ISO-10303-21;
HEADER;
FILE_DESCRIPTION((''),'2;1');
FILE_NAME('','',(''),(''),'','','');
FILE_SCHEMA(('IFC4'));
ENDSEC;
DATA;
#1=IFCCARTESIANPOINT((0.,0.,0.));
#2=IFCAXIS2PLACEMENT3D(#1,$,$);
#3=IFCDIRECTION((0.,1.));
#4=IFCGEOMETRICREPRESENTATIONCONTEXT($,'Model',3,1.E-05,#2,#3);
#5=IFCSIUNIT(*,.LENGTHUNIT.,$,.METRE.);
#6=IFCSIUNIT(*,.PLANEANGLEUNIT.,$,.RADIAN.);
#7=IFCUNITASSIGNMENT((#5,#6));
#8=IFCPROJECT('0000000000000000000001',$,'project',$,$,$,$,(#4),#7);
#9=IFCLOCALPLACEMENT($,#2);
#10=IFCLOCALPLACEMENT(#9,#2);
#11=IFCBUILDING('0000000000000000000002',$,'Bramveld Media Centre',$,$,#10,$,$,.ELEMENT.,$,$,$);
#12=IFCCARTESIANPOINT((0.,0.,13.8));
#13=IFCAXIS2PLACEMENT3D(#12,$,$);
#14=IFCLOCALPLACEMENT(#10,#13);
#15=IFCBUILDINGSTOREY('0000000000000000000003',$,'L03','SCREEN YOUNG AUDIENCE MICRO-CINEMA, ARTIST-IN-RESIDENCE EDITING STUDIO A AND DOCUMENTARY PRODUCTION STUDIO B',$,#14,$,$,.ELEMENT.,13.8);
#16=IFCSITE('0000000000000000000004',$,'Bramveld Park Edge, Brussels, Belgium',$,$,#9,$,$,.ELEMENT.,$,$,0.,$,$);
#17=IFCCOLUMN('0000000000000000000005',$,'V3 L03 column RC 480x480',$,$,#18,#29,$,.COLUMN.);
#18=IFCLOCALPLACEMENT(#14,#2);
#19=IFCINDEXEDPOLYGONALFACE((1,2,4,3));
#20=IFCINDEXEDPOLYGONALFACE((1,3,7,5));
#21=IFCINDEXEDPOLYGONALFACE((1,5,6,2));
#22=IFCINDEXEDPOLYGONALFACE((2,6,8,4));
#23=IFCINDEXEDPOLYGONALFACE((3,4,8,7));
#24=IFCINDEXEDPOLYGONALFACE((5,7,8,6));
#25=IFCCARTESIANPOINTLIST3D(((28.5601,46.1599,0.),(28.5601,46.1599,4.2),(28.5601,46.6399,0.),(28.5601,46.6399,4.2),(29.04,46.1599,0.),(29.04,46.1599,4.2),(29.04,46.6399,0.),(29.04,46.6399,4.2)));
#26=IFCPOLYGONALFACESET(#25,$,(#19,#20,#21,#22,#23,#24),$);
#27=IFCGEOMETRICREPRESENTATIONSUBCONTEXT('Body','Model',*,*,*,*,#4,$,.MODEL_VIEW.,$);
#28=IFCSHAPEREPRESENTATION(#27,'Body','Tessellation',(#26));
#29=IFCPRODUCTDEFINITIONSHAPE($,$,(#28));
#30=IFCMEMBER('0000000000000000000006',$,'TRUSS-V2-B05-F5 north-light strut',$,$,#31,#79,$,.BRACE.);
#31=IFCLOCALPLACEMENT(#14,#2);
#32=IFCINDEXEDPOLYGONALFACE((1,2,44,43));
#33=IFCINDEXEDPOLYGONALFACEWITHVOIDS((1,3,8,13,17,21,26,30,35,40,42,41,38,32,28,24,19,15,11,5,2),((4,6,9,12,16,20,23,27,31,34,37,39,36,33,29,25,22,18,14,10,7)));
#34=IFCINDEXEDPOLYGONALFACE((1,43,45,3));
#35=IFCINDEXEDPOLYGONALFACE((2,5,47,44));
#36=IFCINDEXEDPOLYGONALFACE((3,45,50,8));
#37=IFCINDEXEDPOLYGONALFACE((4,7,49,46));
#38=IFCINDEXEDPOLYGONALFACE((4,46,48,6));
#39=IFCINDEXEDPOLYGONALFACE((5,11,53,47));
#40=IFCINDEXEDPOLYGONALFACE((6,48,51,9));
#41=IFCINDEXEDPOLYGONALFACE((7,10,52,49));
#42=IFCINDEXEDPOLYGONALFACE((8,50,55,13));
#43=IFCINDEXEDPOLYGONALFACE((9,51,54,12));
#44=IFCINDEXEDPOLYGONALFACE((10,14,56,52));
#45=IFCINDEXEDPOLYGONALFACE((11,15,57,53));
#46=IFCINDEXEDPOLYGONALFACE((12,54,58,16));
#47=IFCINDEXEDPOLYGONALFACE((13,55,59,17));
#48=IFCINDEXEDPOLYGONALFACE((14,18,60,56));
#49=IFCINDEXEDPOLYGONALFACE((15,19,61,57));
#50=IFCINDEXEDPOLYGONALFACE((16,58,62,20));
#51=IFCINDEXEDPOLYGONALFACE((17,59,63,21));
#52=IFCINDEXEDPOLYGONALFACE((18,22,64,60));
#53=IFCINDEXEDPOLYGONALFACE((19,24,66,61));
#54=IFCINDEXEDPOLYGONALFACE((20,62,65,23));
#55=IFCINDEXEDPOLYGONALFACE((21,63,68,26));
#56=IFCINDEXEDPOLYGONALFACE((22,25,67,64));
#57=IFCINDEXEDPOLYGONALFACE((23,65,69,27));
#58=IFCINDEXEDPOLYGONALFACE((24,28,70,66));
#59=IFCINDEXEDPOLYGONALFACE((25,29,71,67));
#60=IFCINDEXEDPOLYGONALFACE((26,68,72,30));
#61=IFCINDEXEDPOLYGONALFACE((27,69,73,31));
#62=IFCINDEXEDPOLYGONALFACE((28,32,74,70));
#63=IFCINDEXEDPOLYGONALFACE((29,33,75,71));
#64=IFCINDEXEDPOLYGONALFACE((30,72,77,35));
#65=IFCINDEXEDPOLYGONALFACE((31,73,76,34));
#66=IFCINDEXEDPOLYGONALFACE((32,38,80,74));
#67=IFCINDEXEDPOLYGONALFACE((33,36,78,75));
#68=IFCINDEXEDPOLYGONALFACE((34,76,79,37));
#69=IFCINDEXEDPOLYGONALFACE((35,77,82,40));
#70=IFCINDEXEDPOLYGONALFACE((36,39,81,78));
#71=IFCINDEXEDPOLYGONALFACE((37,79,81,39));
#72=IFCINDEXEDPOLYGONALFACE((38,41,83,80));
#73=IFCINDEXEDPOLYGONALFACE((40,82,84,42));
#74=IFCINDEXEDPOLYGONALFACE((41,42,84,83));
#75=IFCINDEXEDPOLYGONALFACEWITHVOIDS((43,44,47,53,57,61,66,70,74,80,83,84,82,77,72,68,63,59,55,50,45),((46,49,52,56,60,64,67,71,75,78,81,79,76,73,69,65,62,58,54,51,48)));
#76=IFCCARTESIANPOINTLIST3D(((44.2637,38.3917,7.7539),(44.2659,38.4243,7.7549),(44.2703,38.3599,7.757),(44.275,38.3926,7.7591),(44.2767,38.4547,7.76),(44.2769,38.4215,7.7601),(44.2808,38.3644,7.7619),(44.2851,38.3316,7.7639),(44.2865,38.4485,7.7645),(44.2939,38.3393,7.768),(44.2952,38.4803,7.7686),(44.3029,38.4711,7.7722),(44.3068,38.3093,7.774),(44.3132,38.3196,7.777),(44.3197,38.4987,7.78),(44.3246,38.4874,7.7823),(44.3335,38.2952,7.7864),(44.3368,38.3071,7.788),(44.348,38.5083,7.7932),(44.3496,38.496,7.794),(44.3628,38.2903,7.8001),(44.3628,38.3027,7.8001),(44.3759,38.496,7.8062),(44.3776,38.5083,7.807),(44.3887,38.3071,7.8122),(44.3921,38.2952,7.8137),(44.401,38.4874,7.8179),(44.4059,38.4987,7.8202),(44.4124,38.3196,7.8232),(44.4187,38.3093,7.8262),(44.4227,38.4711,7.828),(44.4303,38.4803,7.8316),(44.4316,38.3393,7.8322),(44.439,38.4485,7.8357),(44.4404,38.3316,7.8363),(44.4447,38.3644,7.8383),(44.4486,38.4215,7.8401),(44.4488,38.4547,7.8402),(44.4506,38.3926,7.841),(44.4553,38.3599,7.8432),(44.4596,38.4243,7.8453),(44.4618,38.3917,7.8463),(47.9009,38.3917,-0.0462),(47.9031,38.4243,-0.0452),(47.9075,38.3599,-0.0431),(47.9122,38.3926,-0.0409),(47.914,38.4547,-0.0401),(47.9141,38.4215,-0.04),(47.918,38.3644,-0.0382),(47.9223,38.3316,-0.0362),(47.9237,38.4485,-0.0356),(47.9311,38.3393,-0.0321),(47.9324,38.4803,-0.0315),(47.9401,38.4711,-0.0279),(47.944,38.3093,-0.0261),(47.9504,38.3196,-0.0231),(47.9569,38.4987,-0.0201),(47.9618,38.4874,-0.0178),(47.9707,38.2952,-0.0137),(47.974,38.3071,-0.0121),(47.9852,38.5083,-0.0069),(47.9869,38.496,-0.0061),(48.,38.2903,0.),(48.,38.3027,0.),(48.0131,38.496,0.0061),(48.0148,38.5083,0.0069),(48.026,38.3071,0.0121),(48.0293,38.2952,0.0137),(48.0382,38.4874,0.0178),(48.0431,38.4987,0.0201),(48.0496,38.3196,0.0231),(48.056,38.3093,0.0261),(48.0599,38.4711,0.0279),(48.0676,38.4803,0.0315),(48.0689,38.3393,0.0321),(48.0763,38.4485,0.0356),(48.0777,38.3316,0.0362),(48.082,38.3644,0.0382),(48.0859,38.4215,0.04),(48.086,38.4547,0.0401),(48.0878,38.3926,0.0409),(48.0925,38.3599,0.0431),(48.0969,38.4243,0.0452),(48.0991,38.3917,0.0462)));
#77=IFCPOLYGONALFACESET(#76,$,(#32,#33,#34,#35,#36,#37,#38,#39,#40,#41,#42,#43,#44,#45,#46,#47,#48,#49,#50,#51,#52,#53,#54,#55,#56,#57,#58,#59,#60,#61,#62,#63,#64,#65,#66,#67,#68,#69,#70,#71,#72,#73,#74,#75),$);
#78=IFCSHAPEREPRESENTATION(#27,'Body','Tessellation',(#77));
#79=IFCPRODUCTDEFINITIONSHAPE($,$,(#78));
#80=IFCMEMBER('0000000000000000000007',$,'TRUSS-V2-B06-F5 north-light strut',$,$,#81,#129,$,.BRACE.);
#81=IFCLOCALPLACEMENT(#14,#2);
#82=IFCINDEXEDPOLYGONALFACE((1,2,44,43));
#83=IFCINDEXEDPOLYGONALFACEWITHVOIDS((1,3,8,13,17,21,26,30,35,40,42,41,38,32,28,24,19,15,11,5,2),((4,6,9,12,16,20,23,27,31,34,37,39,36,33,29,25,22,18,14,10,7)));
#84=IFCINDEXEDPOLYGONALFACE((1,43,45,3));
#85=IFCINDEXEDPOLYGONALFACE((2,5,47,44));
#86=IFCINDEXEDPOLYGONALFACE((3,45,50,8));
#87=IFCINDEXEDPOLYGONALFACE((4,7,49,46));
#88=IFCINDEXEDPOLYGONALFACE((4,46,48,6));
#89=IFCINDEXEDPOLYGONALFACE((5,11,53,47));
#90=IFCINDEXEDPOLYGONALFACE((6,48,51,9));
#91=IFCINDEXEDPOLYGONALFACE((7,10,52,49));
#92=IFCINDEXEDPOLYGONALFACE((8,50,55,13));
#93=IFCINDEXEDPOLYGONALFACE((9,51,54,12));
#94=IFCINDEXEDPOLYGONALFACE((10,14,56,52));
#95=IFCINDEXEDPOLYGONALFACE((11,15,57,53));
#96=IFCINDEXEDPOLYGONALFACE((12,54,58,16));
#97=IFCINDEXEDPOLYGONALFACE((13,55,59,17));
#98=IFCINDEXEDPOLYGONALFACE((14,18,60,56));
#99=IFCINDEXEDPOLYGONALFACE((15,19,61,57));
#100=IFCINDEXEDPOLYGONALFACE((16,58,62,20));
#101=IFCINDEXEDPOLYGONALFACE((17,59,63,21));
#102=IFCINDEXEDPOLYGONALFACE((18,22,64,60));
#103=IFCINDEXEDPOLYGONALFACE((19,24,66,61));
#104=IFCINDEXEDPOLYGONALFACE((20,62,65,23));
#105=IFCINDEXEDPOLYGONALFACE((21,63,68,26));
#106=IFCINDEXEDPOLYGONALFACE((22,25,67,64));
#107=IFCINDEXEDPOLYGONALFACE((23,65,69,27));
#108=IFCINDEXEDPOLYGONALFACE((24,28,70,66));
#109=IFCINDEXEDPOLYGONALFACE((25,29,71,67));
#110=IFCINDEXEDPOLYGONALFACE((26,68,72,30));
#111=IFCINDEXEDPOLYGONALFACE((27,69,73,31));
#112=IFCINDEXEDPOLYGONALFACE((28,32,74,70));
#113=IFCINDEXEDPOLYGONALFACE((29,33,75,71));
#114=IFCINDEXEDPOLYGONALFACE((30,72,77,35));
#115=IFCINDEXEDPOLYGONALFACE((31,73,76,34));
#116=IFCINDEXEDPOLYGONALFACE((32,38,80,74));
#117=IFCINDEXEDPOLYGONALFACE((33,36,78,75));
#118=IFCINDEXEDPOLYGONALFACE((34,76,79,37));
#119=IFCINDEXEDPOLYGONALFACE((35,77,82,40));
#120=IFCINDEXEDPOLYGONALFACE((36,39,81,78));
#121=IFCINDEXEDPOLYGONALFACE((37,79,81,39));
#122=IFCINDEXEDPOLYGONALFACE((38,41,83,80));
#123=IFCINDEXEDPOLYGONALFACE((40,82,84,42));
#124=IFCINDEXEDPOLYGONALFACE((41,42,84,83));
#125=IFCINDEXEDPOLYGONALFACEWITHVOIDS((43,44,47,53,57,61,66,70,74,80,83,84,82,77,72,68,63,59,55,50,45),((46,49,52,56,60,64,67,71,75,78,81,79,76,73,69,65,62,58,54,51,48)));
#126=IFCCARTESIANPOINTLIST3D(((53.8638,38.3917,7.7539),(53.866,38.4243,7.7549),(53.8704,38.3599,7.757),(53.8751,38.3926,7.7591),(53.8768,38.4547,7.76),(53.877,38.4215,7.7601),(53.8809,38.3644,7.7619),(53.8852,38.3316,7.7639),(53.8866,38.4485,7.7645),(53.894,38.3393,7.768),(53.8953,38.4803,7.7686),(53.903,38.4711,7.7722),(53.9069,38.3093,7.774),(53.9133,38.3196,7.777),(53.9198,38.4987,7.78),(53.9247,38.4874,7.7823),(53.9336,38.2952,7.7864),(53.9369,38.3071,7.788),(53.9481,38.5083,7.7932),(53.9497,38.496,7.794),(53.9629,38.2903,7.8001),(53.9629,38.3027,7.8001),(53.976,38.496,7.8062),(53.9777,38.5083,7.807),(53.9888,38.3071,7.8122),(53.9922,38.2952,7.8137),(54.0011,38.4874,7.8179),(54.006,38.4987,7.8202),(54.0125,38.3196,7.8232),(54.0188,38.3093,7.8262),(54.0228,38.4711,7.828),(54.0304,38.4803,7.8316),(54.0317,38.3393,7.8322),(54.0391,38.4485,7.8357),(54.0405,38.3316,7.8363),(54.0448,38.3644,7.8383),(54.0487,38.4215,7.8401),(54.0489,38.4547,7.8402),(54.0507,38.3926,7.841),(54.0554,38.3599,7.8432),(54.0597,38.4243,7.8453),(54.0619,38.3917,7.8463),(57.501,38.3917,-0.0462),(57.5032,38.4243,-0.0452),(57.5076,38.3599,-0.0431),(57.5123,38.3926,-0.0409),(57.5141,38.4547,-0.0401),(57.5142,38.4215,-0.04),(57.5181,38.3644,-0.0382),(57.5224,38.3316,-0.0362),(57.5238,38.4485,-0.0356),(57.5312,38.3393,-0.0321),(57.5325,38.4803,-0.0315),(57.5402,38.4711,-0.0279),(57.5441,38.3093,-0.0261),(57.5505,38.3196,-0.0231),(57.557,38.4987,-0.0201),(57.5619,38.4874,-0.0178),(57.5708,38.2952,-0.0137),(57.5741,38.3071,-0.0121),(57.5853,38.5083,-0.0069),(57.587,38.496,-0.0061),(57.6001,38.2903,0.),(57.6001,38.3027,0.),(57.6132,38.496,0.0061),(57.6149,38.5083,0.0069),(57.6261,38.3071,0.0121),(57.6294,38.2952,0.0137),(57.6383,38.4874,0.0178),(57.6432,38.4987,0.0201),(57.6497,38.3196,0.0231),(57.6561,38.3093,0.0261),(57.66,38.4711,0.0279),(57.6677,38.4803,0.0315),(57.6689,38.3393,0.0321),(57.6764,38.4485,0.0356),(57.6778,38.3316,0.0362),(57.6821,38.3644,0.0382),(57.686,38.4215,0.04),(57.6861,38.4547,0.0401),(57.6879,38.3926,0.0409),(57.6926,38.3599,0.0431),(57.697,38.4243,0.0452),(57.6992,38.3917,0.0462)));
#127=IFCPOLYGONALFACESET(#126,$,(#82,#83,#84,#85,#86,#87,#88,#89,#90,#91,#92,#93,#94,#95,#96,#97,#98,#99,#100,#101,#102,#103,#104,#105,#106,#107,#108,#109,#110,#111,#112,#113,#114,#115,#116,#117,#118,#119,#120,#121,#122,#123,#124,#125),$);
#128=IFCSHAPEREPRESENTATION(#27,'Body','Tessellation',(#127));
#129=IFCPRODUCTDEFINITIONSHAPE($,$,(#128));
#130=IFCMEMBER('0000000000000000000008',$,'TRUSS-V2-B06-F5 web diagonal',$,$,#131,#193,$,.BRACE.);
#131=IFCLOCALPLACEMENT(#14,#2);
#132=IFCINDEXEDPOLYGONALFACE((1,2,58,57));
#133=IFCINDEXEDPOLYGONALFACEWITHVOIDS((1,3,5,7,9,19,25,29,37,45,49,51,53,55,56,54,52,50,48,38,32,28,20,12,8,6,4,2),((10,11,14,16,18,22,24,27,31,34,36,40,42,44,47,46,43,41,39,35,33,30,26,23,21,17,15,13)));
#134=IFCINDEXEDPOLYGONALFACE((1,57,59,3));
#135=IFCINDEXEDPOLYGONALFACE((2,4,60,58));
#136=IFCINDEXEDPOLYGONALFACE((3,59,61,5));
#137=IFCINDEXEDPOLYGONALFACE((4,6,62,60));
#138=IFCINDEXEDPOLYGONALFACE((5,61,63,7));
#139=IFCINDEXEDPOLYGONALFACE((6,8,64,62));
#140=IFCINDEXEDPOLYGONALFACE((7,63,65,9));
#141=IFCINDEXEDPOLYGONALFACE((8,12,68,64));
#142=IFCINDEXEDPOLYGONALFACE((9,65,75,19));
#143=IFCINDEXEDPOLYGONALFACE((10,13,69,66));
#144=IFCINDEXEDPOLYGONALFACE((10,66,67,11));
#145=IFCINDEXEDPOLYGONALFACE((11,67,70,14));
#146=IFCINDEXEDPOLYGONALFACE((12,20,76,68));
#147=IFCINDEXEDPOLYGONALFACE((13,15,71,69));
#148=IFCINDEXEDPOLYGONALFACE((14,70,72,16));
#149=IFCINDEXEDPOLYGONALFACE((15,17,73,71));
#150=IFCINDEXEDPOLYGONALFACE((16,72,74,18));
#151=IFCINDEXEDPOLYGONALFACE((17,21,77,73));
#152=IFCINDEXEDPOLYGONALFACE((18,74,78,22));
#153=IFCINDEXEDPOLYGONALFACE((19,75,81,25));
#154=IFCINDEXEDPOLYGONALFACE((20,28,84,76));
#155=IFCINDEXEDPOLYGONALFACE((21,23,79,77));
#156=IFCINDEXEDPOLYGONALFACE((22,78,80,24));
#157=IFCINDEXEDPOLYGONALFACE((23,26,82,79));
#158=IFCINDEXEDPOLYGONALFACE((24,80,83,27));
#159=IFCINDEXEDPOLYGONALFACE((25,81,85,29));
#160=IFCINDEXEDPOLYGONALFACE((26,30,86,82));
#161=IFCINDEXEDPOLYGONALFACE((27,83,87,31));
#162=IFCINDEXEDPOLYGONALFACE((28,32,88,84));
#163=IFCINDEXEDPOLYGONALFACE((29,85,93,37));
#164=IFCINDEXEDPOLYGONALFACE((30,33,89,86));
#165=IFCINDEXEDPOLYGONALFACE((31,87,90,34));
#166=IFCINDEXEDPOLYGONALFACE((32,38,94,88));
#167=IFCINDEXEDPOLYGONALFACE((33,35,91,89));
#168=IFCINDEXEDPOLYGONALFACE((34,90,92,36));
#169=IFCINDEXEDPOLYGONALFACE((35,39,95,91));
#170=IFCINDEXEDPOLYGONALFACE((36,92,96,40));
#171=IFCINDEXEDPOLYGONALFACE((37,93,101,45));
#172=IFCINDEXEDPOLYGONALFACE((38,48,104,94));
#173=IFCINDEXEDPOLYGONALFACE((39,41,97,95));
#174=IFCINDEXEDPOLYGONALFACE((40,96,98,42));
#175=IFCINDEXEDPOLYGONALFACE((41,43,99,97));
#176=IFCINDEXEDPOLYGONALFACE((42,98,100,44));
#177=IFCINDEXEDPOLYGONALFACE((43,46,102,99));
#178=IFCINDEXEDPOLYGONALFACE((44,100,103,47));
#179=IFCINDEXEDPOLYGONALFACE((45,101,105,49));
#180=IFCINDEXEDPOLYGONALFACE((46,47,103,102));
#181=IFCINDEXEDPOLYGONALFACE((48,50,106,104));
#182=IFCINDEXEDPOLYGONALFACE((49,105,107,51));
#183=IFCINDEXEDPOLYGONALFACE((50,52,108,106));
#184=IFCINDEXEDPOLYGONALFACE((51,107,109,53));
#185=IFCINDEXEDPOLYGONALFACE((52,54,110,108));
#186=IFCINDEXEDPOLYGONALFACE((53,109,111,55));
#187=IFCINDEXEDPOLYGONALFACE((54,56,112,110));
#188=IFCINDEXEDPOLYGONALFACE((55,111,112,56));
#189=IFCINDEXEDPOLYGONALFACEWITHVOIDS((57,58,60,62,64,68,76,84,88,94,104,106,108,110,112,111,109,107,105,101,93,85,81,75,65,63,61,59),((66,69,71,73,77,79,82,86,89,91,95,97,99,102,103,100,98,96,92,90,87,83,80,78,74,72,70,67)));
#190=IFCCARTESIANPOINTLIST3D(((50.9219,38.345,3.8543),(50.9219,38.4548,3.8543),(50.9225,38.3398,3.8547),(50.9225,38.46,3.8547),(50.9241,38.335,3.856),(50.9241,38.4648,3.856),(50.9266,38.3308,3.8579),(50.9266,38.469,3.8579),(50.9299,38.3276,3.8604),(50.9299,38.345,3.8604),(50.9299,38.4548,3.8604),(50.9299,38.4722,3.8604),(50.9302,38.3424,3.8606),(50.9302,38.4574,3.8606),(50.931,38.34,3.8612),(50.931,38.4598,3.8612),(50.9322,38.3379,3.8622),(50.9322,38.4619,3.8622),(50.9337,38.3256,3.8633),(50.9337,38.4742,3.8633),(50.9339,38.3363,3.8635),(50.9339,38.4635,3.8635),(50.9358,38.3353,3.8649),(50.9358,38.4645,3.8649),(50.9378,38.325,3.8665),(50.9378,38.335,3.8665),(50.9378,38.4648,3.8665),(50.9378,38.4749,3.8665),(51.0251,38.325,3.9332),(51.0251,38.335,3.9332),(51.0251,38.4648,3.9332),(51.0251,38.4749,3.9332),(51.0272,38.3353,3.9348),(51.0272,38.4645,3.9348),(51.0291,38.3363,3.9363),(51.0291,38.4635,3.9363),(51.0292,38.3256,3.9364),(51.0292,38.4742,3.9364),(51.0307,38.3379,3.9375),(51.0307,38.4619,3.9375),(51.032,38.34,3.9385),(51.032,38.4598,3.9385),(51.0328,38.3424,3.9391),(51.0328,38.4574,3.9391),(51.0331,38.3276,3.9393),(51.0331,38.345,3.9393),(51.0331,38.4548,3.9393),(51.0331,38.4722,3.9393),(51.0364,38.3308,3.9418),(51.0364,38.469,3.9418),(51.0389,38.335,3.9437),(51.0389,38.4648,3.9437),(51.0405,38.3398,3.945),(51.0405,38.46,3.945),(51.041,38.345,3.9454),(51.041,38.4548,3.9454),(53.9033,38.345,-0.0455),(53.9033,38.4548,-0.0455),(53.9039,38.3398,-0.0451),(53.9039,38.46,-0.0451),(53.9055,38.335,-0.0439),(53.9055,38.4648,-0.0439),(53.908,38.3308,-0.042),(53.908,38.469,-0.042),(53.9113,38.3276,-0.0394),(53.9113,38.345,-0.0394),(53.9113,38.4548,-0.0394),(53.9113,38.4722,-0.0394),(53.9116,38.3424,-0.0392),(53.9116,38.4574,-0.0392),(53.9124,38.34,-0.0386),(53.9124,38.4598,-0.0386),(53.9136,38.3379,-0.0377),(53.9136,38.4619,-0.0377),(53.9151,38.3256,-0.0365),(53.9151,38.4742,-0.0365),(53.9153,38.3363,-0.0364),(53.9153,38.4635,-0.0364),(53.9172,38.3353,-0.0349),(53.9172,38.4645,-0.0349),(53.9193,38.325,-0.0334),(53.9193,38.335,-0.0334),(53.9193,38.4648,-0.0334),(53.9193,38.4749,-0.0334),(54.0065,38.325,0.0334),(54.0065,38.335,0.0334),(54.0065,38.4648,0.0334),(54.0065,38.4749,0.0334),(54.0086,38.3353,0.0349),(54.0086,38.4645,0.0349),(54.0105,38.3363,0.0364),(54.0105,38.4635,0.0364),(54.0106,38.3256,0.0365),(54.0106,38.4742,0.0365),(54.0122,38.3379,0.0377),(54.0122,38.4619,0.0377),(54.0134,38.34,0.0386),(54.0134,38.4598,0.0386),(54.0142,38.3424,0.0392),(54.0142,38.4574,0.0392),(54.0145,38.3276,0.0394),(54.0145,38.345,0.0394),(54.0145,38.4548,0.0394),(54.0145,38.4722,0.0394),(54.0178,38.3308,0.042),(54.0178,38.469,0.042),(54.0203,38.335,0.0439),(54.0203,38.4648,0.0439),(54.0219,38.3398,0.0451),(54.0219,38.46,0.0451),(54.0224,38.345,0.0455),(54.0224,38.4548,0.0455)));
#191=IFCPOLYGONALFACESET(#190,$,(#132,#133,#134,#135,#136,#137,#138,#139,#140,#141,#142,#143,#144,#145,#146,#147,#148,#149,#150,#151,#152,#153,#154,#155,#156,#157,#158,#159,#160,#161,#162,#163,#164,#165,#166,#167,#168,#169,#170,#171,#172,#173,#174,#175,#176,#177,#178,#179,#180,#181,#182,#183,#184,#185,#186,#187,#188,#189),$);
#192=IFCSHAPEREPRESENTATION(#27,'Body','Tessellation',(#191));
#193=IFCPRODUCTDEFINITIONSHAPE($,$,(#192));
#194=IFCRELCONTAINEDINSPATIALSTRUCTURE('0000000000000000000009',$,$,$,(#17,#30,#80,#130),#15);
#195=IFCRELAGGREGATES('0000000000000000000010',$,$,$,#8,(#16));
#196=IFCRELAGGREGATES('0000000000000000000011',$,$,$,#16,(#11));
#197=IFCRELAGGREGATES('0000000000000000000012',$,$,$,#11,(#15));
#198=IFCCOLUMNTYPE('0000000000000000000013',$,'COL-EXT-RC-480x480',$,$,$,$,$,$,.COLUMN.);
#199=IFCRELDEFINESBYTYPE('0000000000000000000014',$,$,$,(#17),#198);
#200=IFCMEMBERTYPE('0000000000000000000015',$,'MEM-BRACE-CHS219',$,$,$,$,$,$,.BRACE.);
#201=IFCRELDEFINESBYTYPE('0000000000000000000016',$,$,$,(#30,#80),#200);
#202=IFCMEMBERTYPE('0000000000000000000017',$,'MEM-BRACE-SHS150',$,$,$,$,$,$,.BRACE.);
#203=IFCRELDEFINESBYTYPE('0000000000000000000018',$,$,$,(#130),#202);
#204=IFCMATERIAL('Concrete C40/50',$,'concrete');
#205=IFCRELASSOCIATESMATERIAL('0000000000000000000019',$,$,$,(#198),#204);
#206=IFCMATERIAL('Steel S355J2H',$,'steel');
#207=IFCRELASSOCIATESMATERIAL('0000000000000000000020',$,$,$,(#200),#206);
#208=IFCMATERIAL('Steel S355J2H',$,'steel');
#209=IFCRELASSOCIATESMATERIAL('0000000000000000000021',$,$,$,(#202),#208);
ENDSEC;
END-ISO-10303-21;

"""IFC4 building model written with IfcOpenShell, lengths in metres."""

from ifc_helpers import new_model, si_unit, direction, frame, origin, origin_2d, place, context, subcontext, project, spatial, rectangle, hollow_rectangle, hollow_circle, extrude, material, material_profile, profile_set, type_object, element, save


model = new_model("IFC4")

# Units and contexts
model_context = context("Model", 3, precision=1e-05, world=origin(), true_north=direction((0.0, 1.0)))
body_context = subcontext(model_context, "Body", "Model", "MODEL_VIEW")
ifc_project = project(units=[si_unit("LENGTHUNIT", "METRE"), si_unit("PLANEANGLEUNIT", "RADIAN")], contexts=[model_context])

# Site, building, storey
site_placement = place(None, origin())
site = spatial("IfcSite", under=ifc_project, at=site_placement, Name="Bramveld Park Edge, Brussels, Belgium", CompositionType="ELEMENT", RefElevation=0.0)
building_placement = place(site_placement, origin())
building = spatial("IfcBuilding", under=site, at=building_placement, Name="Bramveld Media Centre", CompositionType="ELEMENT")
storey_placement = place(building_placement, frame((0.0, 0.0, 13.8)))
storey = spatial("IfcBuildingStorey", under=building, at=storey_placement, Name="L03", Description="SCREEN YOUNG AUDIENCE MICRO-CINEMA, ARTIST-IN-RESIDENCE EDITING STUDIO A AND DOCUMENTARY PRODUCTION STUDIO B", CompositionType="ELEMENT", Elevation=13.8)

# Column
ifc_material_1 = material(Name="Concrete C40/50", Category="concrete")
ifc_material_profile_1 = material_profile(ifc_material_1, rectangle(XDim=0.48, YDim=0.48, at=origin_2d()), Name="RC 480x480")
ifc_profile_set_1 = profile_set([ifc_material_profile_1], Name="Concrete C40/50")
column_type = type_object("IfcColumnType", Name="COL-EXT-RC-480x480", PredefinedType="COLUMN", material=ifc_profile_set_1)
column_placement = place(storey_placement, frame((28.8, 46.3999, 0.0), z_axis=(0.0, 0.0, 1.0), x_axis=(1.0, 0.0, 0.0)))
element("IfcColumn", 1, at=column_placement, inside=storey, type_object=column_type, Name="V3 L03 column RC 480x480", PredefinedType="COLUMN", context=body_context, shape_type="SweptSolid", body=[
    extrude(rectangle(XDim=0.48, YDim=0.48, at=origin_2d()), origin(), (0.0, 0.0, 1.0), 4.2),
])

# Members
ifc_material_2 = material(Name="Steel S355J2H", Category="steel")
ifc_material_profile_2 = material_profile(ifc_material_2, hollow_circle(Radius=0.1096, WallThickness=0.0125, at=origin_2d()), Name="CHS 219.1x12.5")
ifc_profile_set_2 = profile_set([ifc_material_profile_2], Name="Steel S355J2H")
member_type_1 = type_object("IfcMemberType", Name="MEM-BRACE-CHS219", PredefinedType="BRACE", material=ifc_profile_set_2)
for number, where, z_axis, x_axis, name in (
    (2, (48.0, 38.3999, 0.0), (-0.422617, 0.0, 0.906308), (0.0, -1.0, 0.0), "TRUSS-V2-B05-F5 north-light strut"),
    (3, (57.6001, 38.3999, 0.0), (-0.422617, 0.0, 0.906308), (0.0, -1.0, 0.0), "TRUSS-V2-B06-F5 north-light strut"),
):
    element("IfcMember", number, at=place(storey_placement, frame(where, z_axis=z_axis, x_axis=x_axis)), inside=storey, type_object=member_type_1, Name=name, PredefinedType="BRACE", context=body_context, shape_type="SweptSolid", body=[
        extrude(hollow_circle(Radius=0.1096, WallThickness=0.0125, at=origin_2d()), origin(), (0.0, 0.0, 1.0), 8.6064),
    ])
ifc_material_3 = material(Name="Steel S355J2H", Category="steel")
ifc_material_profile_3 = material_profile(ifc_material_3, hollow_rectangle(XDim=0.1499, YDim=0.1499, WallThickness=0.01, InnerFilletRadius=0.01, OuterFilletRadius=0.02, at=origin_2d()), Name="SHS 150x150x10")
ifc_profile_set_3 = profile_set([ifc_material_profile_3], Name="Steel S355J2H")
member_type_2 = type_object("IfcMemberType", Name="MEM-BRACE-SHS150", PredefinedType="BRACE", material=ifc_profile_set_3)
member_1_placement = place(storey_placement, frame((53.9629, 38.3999, 0.0), z_axis=(-0.607343, 0.0, 0.79444), x_axis=(0.0, -1.0, 0.0)))
element("IfcMember", 4, at=member_1_placement, inside=storey, type_object=member_type_2, Name="TRUSS-V2-B06-F5 web diagonal", PredefinedType="BRACE", context=body_context, shape_type="SweptSolid", body=[
    extrude(hollow_rectangle(XDim=0.1499, YDim=0.1499, WallThickness=0.01, InnerFilletRadius=0.01, OuterFilletRadius=0.02, at=origin_2d()), origin(), (0.0, 0.0, 1.0), 4.9089),
])

save(model, "model.ifc")
